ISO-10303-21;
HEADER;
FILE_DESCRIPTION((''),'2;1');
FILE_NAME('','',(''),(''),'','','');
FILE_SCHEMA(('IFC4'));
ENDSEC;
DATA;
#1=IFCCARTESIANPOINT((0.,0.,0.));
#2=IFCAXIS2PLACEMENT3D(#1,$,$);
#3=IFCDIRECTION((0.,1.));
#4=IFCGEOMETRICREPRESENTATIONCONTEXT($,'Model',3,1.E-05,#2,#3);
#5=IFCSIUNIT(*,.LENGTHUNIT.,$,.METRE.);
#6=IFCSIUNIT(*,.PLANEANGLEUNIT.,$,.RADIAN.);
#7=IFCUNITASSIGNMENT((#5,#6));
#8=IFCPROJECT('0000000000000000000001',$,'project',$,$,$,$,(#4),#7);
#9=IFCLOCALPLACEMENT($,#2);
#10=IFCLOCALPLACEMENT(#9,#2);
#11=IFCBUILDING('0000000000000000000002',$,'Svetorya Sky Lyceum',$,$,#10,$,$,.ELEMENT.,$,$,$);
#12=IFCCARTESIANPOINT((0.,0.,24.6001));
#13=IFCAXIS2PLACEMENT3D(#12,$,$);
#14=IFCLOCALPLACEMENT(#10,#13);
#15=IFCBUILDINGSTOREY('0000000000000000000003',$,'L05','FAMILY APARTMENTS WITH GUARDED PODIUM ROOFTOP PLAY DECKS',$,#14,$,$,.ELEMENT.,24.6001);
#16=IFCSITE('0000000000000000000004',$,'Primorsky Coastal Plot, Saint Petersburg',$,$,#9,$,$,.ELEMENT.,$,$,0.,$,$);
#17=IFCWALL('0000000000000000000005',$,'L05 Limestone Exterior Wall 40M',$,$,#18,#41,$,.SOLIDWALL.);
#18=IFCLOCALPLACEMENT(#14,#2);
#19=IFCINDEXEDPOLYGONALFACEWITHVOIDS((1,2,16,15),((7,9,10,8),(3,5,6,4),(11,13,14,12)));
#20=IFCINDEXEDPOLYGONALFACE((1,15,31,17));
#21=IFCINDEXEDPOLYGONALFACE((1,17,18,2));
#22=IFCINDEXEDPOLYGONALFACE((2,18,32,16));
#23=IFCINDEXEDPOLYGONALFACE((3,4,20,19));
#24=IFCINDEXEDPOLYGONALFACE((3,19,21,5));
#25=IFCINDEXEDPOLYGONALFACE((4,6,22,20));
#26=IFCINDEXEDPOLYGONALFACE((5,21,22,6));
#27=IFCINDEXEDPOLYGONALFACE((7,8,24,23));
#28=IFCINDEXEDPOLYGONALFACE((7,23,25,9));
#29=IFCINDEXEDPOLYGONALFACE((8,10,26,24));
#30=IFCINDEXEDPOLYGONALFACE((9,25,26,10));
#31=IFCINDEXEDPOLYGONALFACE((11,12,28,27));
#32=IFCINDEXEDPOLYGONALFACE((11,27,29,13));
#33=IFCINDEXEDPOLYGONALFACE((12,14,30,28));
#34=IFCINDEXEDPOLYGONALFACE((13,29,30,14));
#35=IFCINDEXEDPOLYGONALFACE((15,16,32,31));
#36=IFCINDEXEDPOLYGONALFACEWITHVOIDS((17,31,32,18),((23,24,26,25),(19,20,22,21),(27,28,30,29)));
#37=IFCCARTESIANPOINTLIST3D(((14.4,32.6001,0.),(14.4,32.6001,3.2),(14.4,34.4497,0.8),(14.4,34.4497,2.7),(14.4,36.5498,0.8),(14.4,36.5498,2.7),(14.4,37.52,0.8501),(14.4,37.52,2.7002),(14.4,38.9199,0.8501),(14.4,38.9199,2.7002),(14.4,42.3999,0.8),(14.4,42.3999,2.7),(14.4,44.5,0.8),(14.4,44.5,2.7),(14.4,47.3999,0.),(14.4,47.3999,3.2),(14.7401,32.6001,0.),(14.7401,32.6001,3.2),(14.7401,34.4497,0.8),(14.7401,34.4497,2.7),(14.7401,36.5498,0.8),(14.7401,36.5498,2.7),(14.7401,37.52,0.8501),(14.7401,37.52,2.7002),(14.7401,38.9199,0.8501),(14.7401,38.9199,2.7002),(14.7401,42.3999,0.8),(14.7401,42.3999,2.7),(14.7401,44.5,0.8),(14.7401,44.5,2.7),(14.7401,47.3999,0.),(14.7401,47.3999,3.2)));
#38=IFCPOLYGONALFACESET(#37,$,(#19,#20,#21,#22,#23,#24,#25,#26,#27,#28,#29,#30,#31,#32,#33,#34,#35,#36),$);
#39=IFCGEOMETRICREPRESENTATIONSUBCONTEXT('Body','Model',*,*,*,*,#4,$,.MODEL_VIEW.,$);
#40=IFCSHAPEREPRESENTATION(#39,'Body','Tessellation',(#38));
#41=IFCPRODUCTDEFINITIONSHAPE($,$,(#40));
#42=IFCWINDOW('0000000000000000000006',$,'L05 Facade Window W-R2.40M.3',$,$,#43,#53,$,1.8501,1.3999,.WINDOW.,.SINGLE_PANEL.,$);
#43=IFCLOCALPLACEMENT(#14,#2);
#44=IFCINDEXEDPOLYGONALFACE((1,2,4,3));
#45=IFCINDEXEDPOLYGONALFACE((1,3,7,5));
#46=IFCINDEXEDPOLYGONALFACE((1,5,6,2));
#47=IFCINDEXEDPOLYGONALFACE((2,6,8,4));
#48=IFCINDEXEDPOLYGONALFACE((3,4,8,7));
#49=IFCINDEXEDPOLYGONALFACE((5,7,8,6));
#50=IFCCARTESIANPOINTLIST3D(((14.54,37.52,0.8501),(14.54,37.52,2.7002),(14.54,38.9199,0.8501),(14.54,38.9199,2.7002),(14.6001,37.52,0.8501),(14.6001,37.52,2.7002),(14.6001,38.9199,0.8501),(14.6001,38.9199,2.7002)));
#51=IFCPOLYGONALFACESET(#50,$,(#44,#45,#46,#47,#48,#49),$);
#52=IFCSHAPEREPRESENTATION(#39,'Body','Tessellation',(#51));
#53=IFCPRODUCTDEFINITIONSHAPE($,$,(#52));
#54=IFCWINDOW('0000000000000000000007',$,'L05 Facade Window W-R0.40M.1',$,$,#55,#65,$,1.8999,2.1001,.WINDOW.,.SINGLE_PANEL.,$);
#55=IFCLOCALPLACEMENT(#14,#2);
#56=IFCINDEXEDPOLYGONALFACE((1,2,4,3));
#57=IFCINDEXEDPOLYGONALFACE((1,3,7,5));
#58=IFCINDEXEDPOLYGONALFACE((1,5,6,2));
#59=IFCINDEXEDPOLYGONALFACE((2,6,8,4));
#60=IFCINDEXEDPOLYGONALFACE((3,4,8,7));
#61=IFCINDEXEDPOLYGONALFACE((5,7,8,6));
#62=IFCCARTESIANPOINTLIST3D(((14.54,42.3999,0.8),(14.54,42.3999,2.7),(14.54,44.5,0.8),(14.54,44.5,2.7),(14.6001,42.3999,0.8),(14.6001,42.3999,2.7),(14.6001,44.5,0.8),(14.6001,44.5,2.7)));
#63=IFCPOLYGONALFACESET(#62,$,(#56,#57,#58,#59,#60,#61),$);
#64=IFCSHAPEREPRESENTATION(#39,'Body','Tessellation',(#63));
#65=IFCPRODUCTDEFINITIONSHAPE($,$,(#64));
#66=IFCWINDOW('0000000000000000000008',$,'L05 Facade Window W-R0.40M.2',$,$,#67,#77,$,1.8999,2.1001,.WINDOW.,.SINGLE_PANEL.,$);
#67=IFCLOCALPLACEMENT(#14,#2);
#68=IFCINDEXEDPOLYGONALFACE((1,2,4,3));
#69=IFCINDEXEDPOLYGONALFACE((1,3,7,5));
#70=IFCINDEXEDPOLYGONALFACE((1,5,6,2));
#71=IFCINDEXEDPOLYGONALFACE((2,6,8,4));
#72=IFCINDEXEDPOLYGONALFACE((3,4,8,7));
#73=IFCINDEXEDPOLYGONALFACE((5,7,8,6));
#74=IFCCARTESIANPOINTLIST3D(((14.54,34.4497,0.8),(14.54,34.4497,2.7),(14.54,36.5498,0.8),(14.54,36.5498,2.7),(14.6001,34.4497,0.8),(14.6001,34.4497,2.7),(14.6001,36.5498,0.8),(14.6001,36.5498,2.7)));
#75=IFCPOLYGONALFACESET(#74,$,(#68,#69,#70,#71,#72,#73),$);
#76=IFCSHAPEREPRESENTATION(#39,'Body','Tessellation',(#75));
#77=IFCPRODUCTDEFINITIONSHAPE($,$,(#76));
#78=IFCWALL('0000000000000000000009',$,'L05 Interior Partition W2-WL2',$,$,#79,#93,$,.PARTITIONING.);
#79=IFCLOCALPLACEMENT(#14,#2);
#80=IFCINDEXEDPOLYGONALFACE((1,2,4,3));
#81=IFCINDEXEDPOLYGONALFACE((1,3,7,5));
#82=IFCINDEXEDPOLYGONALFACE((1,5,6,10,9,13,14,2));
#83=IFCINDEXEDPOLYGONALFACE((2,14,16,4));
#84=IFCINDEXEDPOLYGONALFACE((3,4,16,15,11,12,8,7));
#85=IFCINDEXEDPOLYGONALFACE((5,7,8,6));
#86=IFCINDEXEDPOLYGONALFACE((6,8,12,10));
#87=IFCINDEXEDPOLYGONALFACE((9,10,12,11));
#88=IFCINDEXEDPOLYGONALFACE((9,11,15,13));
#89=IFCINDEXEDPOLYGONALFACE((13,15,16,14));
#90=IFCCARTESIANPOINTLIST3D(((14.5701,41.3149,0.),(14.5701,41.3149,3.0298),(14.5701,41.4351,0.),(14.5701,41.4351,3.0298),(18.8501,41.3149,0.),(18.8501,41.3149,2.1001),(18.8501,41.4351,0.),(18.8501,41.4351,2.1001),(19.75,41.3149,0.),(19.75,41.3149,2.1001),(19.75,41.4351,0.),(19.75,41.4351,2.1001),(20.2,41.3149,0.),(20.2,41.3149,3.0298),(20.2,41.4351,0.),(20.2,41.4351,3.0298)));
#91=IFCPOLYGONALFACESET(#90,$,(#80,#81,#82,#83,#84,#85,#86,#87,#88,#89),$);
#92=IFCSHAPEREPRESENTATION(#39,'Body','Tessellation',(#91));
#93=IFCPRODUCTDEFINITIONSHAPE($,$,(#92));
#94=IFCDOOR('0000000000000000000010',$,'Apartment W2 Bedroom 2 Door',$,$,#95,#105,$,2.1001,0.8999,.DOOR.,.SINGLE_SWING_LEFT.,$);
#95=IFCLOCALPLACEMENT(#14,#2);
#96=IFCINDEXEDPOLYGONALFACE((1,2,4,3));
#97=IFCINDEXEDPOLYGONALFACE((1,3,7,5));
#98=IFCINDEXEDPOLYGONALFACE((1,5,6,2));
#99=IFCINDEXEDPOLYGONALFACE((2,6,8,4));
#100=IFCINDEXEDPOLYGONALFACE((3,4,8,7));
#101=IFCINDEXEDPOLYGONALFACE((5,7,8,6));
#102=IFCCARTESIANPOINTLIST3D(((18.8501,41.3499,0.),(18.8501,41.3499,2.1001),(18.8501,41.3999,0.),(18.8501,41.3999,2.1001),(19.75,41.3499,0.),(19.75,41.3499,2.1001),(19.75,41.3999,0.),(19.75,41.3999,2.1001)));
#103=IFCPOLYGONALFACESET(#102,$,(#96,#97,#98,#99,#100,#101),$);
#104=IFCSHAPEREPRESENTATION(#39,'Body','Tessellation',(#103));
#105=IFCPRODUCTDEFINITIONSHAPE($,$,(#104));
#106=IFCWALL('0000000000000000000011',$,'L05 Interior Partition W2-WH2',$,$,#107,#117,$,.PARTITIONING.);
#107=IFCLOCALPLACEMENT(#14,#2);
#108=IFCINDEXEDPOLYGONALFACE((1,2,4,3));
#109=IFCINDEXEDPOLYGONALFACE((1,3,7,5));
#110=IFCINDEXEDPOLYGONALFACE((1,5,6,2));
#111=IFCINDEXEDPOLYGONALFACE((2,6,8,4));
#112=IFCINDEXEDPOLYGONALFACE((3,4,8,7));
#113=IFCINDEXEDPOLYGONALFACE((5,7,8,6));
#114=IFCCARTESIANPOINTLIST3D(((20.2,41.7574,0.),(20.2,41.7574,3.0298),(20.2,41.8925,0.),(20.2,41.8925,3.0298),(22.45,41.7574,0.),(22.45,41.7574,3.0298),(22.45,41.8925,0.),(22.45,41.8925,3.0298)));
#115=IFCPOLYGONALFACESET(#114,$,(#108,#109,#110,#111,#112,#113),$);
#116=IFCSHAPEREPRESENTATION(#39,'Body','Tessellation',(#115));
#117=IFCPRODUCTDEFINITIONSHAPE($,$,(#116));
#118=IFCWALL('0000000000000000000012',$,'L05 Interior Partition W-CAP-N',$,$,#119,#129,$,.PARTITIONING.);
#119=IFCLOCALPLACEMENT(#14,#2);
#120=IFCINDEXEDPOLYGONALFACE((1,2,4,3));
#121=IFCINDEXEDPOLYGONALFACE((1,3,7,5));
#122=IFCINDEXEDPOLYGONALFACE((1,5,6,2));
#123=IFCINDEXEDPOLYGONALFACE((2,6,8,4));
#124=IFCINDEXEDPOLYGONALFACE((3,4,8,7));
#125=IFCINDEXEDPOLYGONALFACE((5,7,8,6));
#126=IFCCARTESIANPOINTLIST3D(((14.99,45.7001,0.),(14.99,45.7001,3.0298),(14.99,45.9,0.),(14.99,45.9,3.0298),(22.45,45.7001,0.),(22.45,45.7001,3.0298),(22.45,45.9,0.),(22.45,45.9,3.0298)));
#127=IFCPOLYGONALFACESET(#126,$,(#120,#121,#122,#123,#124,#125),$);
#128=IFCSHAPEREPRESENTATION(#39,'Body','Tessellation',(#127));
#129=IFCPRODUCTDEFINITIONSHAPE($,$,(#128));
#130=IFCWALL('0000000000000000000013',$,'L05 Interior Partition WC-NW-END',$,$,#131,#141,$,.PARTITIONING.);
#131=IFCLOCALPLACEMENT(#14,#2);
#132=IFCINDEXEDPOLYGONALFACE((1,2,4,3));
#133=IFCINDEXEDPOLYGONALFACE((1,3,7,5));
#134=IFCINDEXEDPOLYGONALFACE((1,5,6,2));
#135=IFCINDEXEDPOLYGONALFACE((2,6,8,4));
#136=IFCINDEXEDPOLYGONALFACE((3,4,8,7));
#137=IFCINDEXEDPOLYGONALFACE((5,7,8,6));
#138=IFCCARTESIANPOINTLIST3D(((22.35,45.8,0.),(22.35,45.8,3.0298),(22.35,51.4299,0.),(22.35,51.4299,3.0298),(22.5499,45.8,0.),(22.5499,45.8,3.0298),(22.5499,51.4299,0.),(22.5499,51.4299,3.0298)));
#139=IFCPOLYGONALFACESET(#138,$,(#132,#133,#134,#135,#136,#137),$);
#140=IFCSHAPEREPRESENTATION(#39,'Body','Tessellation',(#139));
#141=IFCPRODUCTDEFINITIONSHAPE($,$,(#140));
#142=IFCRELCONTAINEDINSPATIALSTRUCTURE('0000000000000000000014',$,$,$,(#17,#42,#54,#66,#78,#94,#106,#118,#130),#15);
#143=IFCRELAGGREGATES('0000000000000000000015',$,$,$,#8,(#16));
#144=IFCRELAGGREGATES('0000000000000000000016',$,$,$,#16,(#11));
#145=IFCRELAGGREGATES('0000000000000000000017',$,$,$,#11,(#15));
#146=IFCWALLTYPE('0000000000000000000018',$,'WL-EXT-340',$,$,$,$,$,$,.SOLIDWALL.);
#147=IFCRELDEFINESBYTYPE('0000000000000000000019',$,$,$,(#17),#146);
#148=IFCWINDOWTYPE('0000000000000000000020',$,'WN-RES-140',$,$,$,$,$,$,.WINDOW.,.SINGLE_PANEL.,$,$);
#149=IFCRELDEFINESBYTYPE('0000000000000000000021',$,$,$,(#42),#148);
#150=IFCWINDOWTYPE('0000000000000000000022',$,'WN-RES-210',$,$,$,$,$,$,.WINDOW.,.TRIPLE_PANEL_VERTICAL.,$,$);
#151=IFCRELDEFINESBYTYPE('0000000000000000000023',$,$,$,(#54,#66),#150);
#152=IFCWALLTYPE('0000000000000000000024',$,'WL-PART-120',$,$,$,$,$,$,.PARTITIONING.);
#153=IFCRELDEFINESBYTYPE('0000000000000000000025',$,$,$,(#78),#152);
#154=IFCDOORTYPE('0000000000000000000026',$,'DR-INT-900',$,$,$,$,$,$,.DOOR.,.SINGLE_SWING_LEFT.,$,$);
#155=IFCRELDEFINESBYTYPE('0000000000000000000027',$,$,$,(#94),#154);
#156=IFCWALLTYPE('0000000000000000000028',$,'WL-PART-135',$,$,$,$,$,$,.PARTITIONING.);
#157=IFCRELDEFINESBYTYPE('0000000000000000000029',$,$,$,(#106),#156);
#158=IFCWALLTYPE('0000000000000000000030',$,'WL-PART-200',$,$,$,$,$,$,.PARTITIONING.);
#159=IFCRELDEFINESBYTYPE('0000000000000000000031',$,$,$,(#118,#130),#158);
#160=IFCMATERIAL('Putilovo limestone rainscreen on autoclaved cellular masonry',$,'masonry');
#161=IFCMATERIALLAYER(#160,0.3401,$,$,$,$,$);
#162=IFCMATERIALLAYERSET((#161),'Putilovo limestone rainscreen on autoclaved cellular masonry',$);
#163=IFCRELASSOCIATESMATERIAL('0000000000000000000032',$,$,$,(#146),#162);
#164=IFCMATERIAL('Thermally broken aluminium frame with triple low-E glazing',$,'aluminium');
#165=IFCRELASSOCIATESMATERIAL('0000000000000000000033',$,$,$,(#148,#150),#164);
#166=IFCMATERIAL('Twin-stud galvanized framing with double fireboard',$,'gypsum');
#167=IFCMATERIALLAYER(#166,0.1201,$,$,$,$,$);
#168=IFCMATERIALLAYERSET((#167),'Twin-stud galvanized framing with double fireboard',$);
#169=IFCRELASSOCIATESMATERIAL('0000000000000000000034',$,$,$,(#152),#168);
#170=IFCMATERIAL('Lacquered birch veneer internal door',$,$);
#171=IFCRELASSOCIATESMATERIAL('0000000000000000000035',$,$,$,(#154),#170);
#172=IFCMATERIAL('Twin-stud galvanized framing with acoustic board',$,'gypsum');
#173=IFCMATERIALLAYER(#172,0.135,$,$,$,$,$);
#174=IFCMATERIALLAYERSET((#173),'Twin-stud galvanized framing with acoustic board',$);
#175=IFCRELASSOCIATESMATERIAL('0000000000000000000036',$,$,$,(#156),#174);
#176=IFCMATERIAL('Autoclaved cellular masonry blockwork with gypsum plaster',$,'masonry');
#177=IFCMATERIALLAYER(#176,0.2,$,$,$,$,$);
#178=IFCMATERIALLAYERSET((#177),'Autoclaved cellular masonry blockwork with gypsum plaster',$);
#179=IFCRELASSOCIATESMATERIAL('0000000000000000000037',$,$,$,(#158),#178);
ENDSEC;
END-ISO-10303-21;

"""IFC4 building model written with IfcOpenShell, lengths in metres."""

from ifc_helpers import new_model, si_unit, direction, frame, frame_2d, origin, place, context, subcontext, project, spatial, rectangle, extrude, material, layer, layer_set, type_object, element, fill, save


model = new_model("IFC4")

# Units and contexts
model_context = context("Model", 3, precision=1e-05, world=origin(), true_north=direction((0.0, 1.0)))
body_context = subcontext(model_context, "Body", "Model", "MODEL_VIEW")
ifc_project = project(units=[si_unit("LENGTHUNIT", "METRE"), si_unit("PLANEANGLEUNIT", "RADIAN")], contexts=[model_context])

# Site, building, storey
site_placement = place(None, origin())
site = spatial("IfcSite", under=ifc_project, at=site_placement, Name="Primorsky Coastal Plot, Saint Petersburg", CompositionType="ELEMENT", RefElevation=0.0)
building_placement = place(site_placement, origin())
building = spatial("IfcBuilding", under=site, at=building_placement, Name="Svetorya Sky Lyceum", CompositionType="ELEMENT")
storey_placement = place(building_placement, frame((0.0, 0.0, 24.6001)))
storey = spatial("IfcBuildingStorey", under=building, at=storey_placement, Name="L05", Description="FAMILY APARTMENTS WITH GUARDED PODIUM ROOFTOP PLAY DECKS", CompositionType="ELEMENT", Elevation=24.6001)

# Shared definitions
ifc_material_1 = material(Name="Putilovo limestone rainscreen on autoclaved cellular masonry", Category="masonry")
ifc_layer_1 = layer(ifc_material_1, 0.3401)
ifc_layer_set_1 = layer_set([ifc_layer_1], Name="Putilovo limestone rainscreen on autoclaved cellular masonry")
wall_type_1 = type_object("IfcWallType", Name="WL-EXT-340", PredefinedType="SOLIDWALL", material=ifc_layer_set_1)

# Wall, openings, windows
wall_1_placement = place(storey_placement, frame((14.5701, 47.3999, 0.0), z_axis=(0.0, 0.0, 1.0), x_axis=(0.0, -1.0, 0.0)))
wall_1 = element("IfcWall", 1, at=wall_1_placement, inside=storey, type_object=wall_type_1, Name="L05 Limestone Exterior Wall 40M", PredefinedType="SOLIDWALL", context=body_context, shape_type="SweptSolid", body=[
    extrude(rectangle(XDim=14.7998, YDim=0.3401, at=frame_2d((7.3999, 0.0))), origin(), (0.0, 0.0, 1.0), 3.2),
])
opening_1_placement = place(wall_1_placement, frame((2.8999, 0.0, 0.8)))
opening_1 = element("IfcOpeningElement", 2, at=opening_1_placement, cuts=wall_1, PredefinedType="OPENING", context=body_context, shape_type="SweptSolid", body=[
    extrude(rectangle(XDim=2.1001, YDim=1.8999, at=frame_2d((1.05, 0.95))), frame((0.0, 0.1799, 0.0), z_axis=(0.0, -1.0, 0.0), x_axis=(1.0, 0.0, 0.0)), (0.0, 0.0, 1.0), 0.3601),
])
opening_2_placement = place(wall_1_placement, frame((8.48, 0.0, 0.8501)))
opening_2 = element("IfcOpeningElement", 3, at=opening_2_placement, cuts=wall_1, PredefinedType="OPENING", context=body_context, shape_type="SweptSolid", body=[
    extrude(rectangle(XDim=1.3999, YDim=1.8501, at=frame_2d((0.7, 0.925))), frame((0.0, 0.1799, 0.0), z_axis=(0.0, -1.0, 0.0), x_axis=(1.0, 0.0, 0.0)), (0.0, 0.0, 1.0), 0.3601),
])
opening_3_placement = place(wall_1_placement, frame((10.8501, 0.0, 0.8)))
opening_3 = element("IfcOpeningElement", 4, at=opening_3_placement, cuts=wall_1, PredefinedType="OPENING", context=body_context, shape_type="SweptSolid", body=[
    extrude(rectangle(XDim=2.1001, YDim=1.8999, at=frame_2d((1.05, 0.95))), frame((0.0, 0.1799, 0.0), z_axis=(0.0, -1.0, 0.0), x_axis=(1.0, 0.0, 0.0)), (0.0, 0.0, 1.0), 0.3601),
])
ifc_material_2 = material(Name="Thermally broken aluminium frame with triple low-E glazing", Category="aluminium")
window_type_1 = type_object("IfcWindowType", Name="WN-RES-140", PartitioningType="SINGLE_PANEL", PredefinedType="WINDOW", material=ifc_material_2)
window_1_placement = place(opening_2_placement, origin())
window_1 = element("IfcWindow", 5, at=window_1_placement, inside=storey, type_object=window_type_1, Name="L05 Facade Window W-R2.40M.3", OverallHeight=1.8501, OverallWidth=1.3999, PartitioningType="SINGLE_PANEL", PredefinedType="WINDOW", context=body_context, shape_type="SweptSolid", body=[
    extrude(rectangle(XDim=1.3999, YDim=1.8501, at=frame_2d((0.7, 0.925))), frame((0.0, 0.03, 0.0), z_axis=(0.0, -1.0, 0.0), x_axis=(1.0, 0.0, 0.0)), (0.0, 0.0, 1.0), 0.0601),
])
fill(opening_2, window_1)
window_type_2 = type_object("IfcWindowType", Name="WN-RES-210", PartitioningType="TRIPLE_PANEL_VERTICAL", PredefinedType="WINDOW", material=ifc_material_2)
window_2_placement = place(opening_1_placement, origin())
window_2 = element("IfcWindow", 6, at=window_2_placement, inside=storey, type_object=window_type_2, Name="L05 Facade Window W-R0.40M.1", OverallHeight=1.8999, OverallWidth=2.1001, PartitioningType="SINGLE_PANEL", PredefinedType="WINDOW", context=body_context, shape_type="SweptSolid", body=[
    extrude(rectangle(XDim=2.1001, YDim=1.8999, at=frame_2d((1.05, 0.95))), frame((0.0, 0.03, 0.0), z_axis=(0.0, -1.0, 0.0), x_axis=(1.0, 0.0, 0.0)), (0.0, 0.0, 1.0), 0.0601),
])
fill(opening_1, window_2)
window_3_placement = place(opening_3_placement, origin())
window_3 = element("IfcWindow", 7, at=window_3_placement, inside=storey, type_object=window_type_2, Name="L05 Facade Window W-R0.40M.2", OverallHeight=1.8999, OverallWidth=2.1001, PartitioningType="SINGLE_PANEL", PredefinedType="WINDOW", context=body_context, shape_type="SweptSolid", body=[
    extrude(rectangle(XDim=2.1001, YDim=1.8999, at=frame_2d((1.05, 0.95))), frame((0.0, 0.03, 0.0), z_axis=(0.0, -1.0, 0.0), x_axis=(1.0, 0.0, 0.0)), (0.0, 0.0, 1.0), 0.0601),
])
fill(opening_3, window_3)

# Wall, opening, door
ifc_material_3 = material(Name="Twin-stud galvanized framing with double fireboard", Category="gypsum")
ifc_layer_2 = layer(ifc_material_3, 0.1201)
ifc_layer_set_2 = layer_set([ifc_layer_2], Name="Twin-stud galvanized framing with double fireboard")
wall_type_2 = type_object("IfcWallType", Name="WL-PART-120", PredefinedType="PARTITIONING", material=ifc_layer_set_2)
wall_2_placement = place(storey_placement, frame((14.5701, 41.375, 0.0), z_axis=(0.0, 0.0, 1.0), x_axis=(1.0, 0.0, 0.0)))
wall_2 = element("IfcWall", 8, at=wall_2_placement, inside=storey, type_object=wall_type_2, Name="L05 Interior Partition W2-WL2", PredefinedType="PARTITIONING", context=body_context, shape_type="SweptSolid", body=[
    extrude(rectangle(XDim=5.6299, YDim=0.1201, at=frame_2d((2.8149, 0.0))), origin(), (0.0, 0.0, 1.0), 3.0298),
])
opening_4_placement = place(wall_2_placement, frame((4.28, 0.0, 0.0)))
opening_4 = element("IfcOpeningElement", 9, at=opening_4_placement, cuts=wall_2, PredefinedType="OPENING", context=body_context, shape_type="SweptSolid", body=[
    extrude(rectangle(XDim=0.8999, YDim=2.1001, at=frame_2d((0.45, 1.05))), frame((0.0, 0.0701, 0.0), z_axis=(0.0, -1.0, 0.0), x_axis=(1.0, 0.0, 0.0)), (0.0, 0.0, 1.0), 0.1401),
])
ifc_material_4 = material(Name="Lacquered birch veneer internal door")
door_type = type_object("IfcDoorType", Name="DR-INT-900", OperationType="SINGLE_SWING_LEFT", PredefinedType="DOOR", material=ifc_material_4)
door_1_placement = place(opening_4_placement, origin())
door_1 = element("IfcDoor", 10, at=door_1_placement, inside=storey, type_object=door_type, Name="Apartment W2 Bedroom 2 Door", OperationType="SINGLE_SWING_LEFT", OverallHeight=2.1001, OverallWidth=0.8999, PredefinedType="DOOR", context=body_context, shape_type="SweptSolid", body=[
    extrude(rectangle(XDim=0.8999, YDim=2.1001, at=frame_2d((0.45, 1.05))), frame((0.0, 0.0249, 0.0), z_axis=(0.0, -1.0, 0.0), x_axis=(1.0, 0.0, 0.0)), (0.0, 0.0, 1.0), 0.05),
])
fill(opening_4, door_1)

# Walls
ifc_material_5 = material(Name="Twin-stud galvanized framing with acoustic board", Category="gypsum")
ifc_layer_3 = layer(ifc_material_5, 0.135)
ifc_layer_set_3 = layer_set([ifc_layer_3], Name="Twin-stud galvanized framing with acoustic board")
wall_type_3 = type_object("IfcWallType", Name="WL-PART-135", PredefinedType="PARTITIONING", material=ifc_layer_set_3)
wall_3_placement = place(storey_placement, frame((20.2, 41.825, 0.0), z_axis=(0.0, 0.0, 1.0), x_axis=(1.0, 0.0, 0.0)))
element("IfcWall", 11, at=wall_3_placement, inside=storey, type_object=wall_type_3, Name="L05 Interior Partition W2-WH2", PredefinedType="PARTITIONING", context=body_context, shape_type="SweptSolid", body=[
    extrude(rectangle(XDim=2.25, YDim=0.135, at=frame_2d((1.125, 0.0))), origin(), (0.0, 0.0, 1.0), 3.0298),
])
ifc_material_6 = material(Name="Autoclaved cellular masonry blockwork with gypsum plaster", Category="masonry")
ifc_layer_4 = layer(ifc_material_6, 0.2)
ifc_layer_set_4 = layer_set([ifc_layer_4], Name="Autoclaved cellular masonry blockwork with gypsum plaster")
wall_type_4 = type_object("IfcWallType", Name="WL-PART-200", PredefinedType="PARTITIONING", material=ifc_layer_set_4)
wall_4_placement = place(storey_placement, frame((14.99, 45.8, 0.0), z_axis=(0.0, 0.0, 1.0), x_axis=(1.0, 0.0, 0.0)))
element("IfcWall", 12, at=wall_4_placement, inside=storey, type_object=wall_type_4, Name="L05 Interior Partition W-CAP-N", PredefinedType="PARTITIONING", context=body_context, shape_type="SweptSolid", body=[
    extrude(rectangle(XDim=7.46, YDim=0.2, at=frame_2d((3.73, 0.0))), origin(), (0.0, 0.0, 1.0), 3.0298),
])
wall_5_placement = place(storey_placement, frame((22.45, 45.8, 0.0), z_axis=(0.0, 0.0, 1.0), x_axis=(0.0, 1.0, 0.0)))
element("IfcWall", 13, at=wall_5_placement, inside=storey, type_object=wall_type_4, Name="L05 Interior Partition WC-NW-END", PredefinedType="PARTITIONING", context=body_context, shape_type="SweptSolid", body=[
    extrude(rectangle(XDim=5.6299, YDim=0.2, at=frame_2d((2.8149, 0.0))), origin(), (0.0, 0.0, 1.0), 3.0298),
])

save(model, "model.ifc")
